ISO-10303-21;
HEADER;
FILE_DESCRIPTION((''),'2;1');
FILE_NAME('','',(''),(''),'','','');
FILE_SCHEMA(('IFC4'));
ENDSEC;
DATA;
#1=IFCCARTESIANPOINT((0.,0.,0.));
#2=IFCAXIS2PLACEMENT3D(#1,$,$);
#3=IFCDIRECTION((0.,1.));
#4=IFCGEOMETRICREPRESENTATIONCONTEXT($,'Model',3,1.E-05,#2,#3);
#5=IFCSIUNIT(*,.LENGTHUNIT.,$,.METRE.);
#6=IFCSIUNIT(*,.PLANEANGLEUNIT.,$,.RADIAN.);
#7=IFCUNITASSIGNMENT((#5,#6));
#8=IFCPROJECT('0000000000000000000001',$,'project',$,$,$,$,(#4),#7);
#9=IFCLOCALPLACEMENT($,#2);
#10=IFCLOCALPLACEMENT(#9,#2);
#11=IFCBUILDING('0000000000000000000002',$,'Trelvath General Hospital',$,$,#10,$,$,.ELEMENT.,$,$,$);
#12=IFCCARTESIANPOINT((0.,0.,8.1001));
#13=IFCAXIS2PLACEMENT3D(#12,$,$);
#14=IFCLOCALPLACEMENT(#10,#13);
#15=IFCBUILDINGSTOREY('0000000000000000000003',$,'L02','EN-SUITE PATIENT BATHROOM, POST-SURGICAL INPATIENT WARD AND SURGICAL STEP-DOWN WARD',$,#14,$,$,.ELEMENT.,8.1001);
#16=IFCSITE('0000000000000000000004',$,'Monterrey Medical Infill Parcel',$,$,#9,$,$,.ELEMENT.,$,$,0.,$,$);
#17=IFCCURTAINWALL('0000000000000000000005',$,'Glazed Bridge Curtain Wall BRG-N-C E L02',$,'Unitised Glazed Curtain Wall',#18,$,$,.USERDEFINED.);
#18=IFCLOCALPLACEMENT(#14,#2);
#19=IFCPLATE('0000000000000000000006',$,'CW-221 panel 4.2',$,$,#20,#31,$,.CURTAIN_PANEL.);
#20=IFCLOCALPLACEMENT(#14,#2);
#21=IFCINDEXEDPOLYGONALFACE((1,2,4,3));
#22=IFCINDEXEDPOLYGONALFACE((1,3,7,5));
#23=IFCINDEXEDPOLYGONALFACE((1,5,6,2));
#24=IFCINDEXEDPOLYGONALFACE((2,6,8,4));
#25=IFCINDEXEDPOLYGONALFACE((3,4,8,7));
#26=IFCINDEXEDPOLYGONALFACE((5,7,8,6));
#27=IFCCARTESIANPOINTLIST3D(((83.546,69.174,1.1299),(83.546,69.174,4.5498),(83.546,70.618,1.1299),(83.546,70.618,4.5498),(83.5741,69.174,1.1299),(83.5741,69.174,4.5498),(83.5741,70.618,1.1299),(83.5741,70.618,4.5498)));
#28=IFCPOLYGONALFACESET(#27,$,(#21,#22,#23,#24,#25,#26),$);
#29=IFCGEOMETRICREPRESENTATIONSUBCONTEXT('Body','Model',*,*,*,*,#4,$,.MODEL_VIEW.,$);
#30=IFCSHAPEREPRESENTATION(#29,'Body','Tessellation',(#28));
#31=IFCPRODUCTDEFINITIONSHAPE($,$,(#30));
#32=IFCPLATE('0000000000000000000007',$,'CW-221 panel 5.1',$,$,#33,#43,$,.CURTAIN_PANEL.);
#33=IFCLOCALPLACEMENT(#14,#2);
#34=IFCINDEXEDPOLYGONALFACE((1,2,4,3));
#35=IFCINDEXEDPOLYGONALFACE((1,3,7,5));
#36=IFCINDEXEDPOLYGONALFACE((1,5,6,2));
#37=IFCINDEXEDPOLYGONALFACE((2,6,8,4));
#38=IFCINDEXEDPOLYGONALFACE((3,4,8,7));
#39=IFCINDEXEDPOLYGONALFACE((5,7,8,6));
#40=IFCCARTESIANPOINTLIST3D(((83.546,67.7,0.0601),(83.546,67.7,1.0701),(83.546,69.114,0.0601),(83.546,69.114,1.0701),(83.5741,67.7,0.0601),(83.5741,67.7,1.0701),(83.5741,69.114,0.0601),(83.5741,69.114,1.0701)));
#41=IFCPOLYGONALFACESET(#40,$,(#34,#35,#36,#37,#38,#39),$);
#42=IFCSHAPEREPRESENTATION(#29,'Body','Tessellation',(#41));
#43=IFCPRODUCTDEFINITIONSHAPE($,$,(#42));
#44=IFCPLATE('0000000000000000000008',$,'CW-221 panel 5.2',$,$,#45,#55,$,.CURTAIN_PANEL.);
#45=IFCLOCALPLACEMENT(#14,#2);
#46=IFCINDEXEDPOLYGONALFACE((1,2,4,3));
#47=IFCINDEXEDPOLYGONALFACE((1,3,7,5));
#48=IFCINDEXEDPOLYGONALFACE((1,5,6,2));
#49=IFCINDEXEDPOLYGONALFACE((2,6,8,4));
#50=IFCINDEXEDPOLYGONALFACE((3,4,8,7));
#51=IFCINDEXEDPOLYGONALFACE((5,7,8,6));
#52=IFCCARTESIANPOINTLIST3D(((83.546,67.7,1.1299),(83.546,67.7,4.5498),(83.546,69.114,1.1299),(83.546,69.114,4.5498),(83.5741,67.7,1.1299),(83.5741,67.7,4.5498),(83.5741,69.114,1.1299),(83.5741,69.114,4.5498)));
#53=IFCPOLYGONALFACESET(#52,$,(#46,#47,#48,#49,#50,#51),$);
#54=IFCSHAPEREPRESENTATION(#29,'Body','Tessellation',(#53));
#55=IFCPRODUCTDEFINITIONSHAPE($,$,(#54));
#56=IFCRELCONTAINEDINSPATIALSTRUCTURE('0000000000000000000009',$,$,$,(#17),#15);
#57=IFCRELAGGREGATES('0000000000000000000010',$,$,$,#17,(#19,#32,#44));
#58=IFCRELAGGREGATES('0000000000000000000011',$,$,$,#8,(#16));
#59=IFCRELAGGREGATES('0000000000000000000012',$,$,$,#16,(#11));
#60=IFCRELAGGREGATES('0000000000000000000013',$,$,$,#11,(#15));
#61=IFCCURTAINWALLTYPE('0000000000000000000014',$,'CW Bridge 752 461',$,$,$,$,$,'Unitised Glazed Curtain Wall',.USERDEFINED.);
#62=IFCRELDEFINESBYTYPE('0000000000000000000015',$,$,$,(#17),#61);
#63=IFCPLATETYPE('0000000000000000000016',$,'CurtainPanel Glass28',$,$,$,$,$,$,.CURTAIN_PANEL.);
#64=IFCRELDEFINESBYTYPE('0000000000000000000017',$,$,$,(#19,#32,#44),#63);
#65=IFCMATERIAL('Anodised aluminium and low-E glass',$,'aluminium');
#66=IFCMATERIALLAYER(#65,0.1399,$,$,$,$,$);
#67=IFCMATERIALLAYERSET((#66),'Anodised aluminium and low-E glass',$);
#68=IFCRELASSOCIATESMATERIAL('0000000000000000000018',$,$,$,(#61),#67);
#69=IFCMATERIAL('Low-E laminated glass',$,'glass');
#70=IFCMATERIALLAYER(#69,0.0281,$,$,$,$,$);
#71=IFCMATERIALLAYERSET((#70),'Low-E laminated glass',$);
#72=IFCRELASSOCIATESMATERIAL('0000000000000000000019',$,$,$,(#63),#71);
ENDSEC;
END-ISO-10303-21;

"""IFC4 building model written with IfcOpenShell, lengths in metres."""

from ifc_helpers import new_model, si_unit, direction, frame, origin, origin_2d, place, context, subcontext, project, spatial, rectangle, extrude, material, layer, layer_set, type_object, element, aggregate, save


model = new_model("IFC4")

# Units and contexts
model_context = context("Model", 3, precision=1e-05, world=origin(), true_north=direction((0.0, 1.0)))
body_context = subcontext(model_context, "Body", "Model", "MODEL_VIEW")
ifc_project = project(units=[si_unit("LENGTHUNIT", "METRE"), si_unit("PLANEANGLEUNIT", "RADIAN")], contexts=[model_context])

# Site, building, storey
site_placement = place(None, origin())
site = spatial("IfcSite", under=ifc_project, at=site_placement, Name="Monterrey Medical Infill Parcel", CompositionType="ELEMENT", RefElevation=0.0)
building_placement = place(site_placement, origin())
building = spatial("IfcBuilding", under=site, at=building_placement, Name="Trelvath General Hospital", CompositionType="ELEMENT")
storey_placement = place(building_placement, frame((0.0, 0.0, 8.1001)))
storey = spatial("IfcBuildingStorey", under=building, at=storey_placement, Name="L02", Description="EN-SUITE PATIENT BATHROOM, POST-SURGICAL INPATIENT WARD AND SURGICAL STEP-DOWN WARD", CompositionType="ELEMENT", Elevation=8.1001)

# Shared definitions
ifc_material_1 = material(Name="Anodised aluminium and low-E glass", Category="aluminium")
ifc_layer_1 = layer(ifc_material_1, 0.1399)
ifc_layer_set_1 = layer_set([ifc_layer_1], Name="Anodised aluminium and low-E glass")
curtain_wall_type = type_object("IfcCurtainWallType", Name="CW Bridge 752 461", ElementType="Unitised Glazed Curtain Wall", PredefinedType="USERDEFINED", material=ifc_layer_set_1)

# Curtain wall
curtain_wall_1_placement = place(storey_placement, origin())
curtain_wall_1 = element("IfcCurtainWall", 1, at=curtain_wall_1_placement, inside=storey, type_object=curtain_wall_type, Name="Glazed Bridge Curtain Wall BRG-N-C E L02", ObjectType="Unitised Glazed Curtain Wall", PredefinedType="USERDEFINED")

# Plates
ifc_material_2 = material(Name="Low-E laminated glass", Category="glass")
ifc_layer_2 = layer(ifc_material_2, 0.0281)
ifc_layer_set_2 = layer_set([ifc_layer_2], Name="Low-E laminated glass")
plate_type = type_object("IfcPlateType", Name="CurtainPanel Glass28", PredefinedType="CURTAIN_PANEL", material=ifc_layer_set_2)
plate_1_placement = place(storey_placement, frame((83.5601, 69.896, 1.1299), z_axis=(0.0, 0.0, 1.0), x_axis=(0.0, -1.0, 0.0)))
plate_1 = element("IfcPlate", 2, at=plate_1_placement, type_object=plate_type, Name="CW-221 panel 4.2", PredefinedType="CURTAIN_PANEL", context=body_context, shape_type="SweptSolid", body=[
    extrude(rectangle(XDim=1.4441, YDim=0.0281, at=origin_2d()), origin(), (0.0, 0.0, 1.0), 3.4199),
])
plate_2_placement = place(storey_placement, frame((83.5601, 68.407, 0.0601), z_axis=(0.0, 0.0, 1.0), x_axis=(0.0, -1.0, 0.0)))
plate_2 = element("IfcPlate", 3, at=plate_2_placement, type_object=plate_type, Name="CW-221 panel 5.1", PredefinedType="CURTAIN_PANEL", context=body_context, shape_type="SweptSolid", body=[
    extrude(rectangle(XDim=1.4141, YDim=0.0281, at=origin_2d()), origin(), (0.0, 0.0, 1.0), 1.01),
])
plate_3_placement = place(storey_placement, frame((83.5601, 68.407, 1.1299), z_axis=(0.0, 0.0, 1.0), x_axis=(0.0, -1.0, 0.0)))
plate_3 = element("IfcPlate", 4, at=plate_3_placement, type_object=plate_type, Name="CW-221 panel 5.2", PredefinedType="CURTAIN_PANEL", context=body_context, shape_type="SweptSolid", body=[
    extrude(rectangle(XDim=1.4141, YDim=0.0281, at=origin_2d()), origin(), (0.0, 0.0, 1.0), 3.4199),
])
aggregate(curtain_wall_1, [plate_1, plate_2, plate_3])

save(model, "model.ifc")
